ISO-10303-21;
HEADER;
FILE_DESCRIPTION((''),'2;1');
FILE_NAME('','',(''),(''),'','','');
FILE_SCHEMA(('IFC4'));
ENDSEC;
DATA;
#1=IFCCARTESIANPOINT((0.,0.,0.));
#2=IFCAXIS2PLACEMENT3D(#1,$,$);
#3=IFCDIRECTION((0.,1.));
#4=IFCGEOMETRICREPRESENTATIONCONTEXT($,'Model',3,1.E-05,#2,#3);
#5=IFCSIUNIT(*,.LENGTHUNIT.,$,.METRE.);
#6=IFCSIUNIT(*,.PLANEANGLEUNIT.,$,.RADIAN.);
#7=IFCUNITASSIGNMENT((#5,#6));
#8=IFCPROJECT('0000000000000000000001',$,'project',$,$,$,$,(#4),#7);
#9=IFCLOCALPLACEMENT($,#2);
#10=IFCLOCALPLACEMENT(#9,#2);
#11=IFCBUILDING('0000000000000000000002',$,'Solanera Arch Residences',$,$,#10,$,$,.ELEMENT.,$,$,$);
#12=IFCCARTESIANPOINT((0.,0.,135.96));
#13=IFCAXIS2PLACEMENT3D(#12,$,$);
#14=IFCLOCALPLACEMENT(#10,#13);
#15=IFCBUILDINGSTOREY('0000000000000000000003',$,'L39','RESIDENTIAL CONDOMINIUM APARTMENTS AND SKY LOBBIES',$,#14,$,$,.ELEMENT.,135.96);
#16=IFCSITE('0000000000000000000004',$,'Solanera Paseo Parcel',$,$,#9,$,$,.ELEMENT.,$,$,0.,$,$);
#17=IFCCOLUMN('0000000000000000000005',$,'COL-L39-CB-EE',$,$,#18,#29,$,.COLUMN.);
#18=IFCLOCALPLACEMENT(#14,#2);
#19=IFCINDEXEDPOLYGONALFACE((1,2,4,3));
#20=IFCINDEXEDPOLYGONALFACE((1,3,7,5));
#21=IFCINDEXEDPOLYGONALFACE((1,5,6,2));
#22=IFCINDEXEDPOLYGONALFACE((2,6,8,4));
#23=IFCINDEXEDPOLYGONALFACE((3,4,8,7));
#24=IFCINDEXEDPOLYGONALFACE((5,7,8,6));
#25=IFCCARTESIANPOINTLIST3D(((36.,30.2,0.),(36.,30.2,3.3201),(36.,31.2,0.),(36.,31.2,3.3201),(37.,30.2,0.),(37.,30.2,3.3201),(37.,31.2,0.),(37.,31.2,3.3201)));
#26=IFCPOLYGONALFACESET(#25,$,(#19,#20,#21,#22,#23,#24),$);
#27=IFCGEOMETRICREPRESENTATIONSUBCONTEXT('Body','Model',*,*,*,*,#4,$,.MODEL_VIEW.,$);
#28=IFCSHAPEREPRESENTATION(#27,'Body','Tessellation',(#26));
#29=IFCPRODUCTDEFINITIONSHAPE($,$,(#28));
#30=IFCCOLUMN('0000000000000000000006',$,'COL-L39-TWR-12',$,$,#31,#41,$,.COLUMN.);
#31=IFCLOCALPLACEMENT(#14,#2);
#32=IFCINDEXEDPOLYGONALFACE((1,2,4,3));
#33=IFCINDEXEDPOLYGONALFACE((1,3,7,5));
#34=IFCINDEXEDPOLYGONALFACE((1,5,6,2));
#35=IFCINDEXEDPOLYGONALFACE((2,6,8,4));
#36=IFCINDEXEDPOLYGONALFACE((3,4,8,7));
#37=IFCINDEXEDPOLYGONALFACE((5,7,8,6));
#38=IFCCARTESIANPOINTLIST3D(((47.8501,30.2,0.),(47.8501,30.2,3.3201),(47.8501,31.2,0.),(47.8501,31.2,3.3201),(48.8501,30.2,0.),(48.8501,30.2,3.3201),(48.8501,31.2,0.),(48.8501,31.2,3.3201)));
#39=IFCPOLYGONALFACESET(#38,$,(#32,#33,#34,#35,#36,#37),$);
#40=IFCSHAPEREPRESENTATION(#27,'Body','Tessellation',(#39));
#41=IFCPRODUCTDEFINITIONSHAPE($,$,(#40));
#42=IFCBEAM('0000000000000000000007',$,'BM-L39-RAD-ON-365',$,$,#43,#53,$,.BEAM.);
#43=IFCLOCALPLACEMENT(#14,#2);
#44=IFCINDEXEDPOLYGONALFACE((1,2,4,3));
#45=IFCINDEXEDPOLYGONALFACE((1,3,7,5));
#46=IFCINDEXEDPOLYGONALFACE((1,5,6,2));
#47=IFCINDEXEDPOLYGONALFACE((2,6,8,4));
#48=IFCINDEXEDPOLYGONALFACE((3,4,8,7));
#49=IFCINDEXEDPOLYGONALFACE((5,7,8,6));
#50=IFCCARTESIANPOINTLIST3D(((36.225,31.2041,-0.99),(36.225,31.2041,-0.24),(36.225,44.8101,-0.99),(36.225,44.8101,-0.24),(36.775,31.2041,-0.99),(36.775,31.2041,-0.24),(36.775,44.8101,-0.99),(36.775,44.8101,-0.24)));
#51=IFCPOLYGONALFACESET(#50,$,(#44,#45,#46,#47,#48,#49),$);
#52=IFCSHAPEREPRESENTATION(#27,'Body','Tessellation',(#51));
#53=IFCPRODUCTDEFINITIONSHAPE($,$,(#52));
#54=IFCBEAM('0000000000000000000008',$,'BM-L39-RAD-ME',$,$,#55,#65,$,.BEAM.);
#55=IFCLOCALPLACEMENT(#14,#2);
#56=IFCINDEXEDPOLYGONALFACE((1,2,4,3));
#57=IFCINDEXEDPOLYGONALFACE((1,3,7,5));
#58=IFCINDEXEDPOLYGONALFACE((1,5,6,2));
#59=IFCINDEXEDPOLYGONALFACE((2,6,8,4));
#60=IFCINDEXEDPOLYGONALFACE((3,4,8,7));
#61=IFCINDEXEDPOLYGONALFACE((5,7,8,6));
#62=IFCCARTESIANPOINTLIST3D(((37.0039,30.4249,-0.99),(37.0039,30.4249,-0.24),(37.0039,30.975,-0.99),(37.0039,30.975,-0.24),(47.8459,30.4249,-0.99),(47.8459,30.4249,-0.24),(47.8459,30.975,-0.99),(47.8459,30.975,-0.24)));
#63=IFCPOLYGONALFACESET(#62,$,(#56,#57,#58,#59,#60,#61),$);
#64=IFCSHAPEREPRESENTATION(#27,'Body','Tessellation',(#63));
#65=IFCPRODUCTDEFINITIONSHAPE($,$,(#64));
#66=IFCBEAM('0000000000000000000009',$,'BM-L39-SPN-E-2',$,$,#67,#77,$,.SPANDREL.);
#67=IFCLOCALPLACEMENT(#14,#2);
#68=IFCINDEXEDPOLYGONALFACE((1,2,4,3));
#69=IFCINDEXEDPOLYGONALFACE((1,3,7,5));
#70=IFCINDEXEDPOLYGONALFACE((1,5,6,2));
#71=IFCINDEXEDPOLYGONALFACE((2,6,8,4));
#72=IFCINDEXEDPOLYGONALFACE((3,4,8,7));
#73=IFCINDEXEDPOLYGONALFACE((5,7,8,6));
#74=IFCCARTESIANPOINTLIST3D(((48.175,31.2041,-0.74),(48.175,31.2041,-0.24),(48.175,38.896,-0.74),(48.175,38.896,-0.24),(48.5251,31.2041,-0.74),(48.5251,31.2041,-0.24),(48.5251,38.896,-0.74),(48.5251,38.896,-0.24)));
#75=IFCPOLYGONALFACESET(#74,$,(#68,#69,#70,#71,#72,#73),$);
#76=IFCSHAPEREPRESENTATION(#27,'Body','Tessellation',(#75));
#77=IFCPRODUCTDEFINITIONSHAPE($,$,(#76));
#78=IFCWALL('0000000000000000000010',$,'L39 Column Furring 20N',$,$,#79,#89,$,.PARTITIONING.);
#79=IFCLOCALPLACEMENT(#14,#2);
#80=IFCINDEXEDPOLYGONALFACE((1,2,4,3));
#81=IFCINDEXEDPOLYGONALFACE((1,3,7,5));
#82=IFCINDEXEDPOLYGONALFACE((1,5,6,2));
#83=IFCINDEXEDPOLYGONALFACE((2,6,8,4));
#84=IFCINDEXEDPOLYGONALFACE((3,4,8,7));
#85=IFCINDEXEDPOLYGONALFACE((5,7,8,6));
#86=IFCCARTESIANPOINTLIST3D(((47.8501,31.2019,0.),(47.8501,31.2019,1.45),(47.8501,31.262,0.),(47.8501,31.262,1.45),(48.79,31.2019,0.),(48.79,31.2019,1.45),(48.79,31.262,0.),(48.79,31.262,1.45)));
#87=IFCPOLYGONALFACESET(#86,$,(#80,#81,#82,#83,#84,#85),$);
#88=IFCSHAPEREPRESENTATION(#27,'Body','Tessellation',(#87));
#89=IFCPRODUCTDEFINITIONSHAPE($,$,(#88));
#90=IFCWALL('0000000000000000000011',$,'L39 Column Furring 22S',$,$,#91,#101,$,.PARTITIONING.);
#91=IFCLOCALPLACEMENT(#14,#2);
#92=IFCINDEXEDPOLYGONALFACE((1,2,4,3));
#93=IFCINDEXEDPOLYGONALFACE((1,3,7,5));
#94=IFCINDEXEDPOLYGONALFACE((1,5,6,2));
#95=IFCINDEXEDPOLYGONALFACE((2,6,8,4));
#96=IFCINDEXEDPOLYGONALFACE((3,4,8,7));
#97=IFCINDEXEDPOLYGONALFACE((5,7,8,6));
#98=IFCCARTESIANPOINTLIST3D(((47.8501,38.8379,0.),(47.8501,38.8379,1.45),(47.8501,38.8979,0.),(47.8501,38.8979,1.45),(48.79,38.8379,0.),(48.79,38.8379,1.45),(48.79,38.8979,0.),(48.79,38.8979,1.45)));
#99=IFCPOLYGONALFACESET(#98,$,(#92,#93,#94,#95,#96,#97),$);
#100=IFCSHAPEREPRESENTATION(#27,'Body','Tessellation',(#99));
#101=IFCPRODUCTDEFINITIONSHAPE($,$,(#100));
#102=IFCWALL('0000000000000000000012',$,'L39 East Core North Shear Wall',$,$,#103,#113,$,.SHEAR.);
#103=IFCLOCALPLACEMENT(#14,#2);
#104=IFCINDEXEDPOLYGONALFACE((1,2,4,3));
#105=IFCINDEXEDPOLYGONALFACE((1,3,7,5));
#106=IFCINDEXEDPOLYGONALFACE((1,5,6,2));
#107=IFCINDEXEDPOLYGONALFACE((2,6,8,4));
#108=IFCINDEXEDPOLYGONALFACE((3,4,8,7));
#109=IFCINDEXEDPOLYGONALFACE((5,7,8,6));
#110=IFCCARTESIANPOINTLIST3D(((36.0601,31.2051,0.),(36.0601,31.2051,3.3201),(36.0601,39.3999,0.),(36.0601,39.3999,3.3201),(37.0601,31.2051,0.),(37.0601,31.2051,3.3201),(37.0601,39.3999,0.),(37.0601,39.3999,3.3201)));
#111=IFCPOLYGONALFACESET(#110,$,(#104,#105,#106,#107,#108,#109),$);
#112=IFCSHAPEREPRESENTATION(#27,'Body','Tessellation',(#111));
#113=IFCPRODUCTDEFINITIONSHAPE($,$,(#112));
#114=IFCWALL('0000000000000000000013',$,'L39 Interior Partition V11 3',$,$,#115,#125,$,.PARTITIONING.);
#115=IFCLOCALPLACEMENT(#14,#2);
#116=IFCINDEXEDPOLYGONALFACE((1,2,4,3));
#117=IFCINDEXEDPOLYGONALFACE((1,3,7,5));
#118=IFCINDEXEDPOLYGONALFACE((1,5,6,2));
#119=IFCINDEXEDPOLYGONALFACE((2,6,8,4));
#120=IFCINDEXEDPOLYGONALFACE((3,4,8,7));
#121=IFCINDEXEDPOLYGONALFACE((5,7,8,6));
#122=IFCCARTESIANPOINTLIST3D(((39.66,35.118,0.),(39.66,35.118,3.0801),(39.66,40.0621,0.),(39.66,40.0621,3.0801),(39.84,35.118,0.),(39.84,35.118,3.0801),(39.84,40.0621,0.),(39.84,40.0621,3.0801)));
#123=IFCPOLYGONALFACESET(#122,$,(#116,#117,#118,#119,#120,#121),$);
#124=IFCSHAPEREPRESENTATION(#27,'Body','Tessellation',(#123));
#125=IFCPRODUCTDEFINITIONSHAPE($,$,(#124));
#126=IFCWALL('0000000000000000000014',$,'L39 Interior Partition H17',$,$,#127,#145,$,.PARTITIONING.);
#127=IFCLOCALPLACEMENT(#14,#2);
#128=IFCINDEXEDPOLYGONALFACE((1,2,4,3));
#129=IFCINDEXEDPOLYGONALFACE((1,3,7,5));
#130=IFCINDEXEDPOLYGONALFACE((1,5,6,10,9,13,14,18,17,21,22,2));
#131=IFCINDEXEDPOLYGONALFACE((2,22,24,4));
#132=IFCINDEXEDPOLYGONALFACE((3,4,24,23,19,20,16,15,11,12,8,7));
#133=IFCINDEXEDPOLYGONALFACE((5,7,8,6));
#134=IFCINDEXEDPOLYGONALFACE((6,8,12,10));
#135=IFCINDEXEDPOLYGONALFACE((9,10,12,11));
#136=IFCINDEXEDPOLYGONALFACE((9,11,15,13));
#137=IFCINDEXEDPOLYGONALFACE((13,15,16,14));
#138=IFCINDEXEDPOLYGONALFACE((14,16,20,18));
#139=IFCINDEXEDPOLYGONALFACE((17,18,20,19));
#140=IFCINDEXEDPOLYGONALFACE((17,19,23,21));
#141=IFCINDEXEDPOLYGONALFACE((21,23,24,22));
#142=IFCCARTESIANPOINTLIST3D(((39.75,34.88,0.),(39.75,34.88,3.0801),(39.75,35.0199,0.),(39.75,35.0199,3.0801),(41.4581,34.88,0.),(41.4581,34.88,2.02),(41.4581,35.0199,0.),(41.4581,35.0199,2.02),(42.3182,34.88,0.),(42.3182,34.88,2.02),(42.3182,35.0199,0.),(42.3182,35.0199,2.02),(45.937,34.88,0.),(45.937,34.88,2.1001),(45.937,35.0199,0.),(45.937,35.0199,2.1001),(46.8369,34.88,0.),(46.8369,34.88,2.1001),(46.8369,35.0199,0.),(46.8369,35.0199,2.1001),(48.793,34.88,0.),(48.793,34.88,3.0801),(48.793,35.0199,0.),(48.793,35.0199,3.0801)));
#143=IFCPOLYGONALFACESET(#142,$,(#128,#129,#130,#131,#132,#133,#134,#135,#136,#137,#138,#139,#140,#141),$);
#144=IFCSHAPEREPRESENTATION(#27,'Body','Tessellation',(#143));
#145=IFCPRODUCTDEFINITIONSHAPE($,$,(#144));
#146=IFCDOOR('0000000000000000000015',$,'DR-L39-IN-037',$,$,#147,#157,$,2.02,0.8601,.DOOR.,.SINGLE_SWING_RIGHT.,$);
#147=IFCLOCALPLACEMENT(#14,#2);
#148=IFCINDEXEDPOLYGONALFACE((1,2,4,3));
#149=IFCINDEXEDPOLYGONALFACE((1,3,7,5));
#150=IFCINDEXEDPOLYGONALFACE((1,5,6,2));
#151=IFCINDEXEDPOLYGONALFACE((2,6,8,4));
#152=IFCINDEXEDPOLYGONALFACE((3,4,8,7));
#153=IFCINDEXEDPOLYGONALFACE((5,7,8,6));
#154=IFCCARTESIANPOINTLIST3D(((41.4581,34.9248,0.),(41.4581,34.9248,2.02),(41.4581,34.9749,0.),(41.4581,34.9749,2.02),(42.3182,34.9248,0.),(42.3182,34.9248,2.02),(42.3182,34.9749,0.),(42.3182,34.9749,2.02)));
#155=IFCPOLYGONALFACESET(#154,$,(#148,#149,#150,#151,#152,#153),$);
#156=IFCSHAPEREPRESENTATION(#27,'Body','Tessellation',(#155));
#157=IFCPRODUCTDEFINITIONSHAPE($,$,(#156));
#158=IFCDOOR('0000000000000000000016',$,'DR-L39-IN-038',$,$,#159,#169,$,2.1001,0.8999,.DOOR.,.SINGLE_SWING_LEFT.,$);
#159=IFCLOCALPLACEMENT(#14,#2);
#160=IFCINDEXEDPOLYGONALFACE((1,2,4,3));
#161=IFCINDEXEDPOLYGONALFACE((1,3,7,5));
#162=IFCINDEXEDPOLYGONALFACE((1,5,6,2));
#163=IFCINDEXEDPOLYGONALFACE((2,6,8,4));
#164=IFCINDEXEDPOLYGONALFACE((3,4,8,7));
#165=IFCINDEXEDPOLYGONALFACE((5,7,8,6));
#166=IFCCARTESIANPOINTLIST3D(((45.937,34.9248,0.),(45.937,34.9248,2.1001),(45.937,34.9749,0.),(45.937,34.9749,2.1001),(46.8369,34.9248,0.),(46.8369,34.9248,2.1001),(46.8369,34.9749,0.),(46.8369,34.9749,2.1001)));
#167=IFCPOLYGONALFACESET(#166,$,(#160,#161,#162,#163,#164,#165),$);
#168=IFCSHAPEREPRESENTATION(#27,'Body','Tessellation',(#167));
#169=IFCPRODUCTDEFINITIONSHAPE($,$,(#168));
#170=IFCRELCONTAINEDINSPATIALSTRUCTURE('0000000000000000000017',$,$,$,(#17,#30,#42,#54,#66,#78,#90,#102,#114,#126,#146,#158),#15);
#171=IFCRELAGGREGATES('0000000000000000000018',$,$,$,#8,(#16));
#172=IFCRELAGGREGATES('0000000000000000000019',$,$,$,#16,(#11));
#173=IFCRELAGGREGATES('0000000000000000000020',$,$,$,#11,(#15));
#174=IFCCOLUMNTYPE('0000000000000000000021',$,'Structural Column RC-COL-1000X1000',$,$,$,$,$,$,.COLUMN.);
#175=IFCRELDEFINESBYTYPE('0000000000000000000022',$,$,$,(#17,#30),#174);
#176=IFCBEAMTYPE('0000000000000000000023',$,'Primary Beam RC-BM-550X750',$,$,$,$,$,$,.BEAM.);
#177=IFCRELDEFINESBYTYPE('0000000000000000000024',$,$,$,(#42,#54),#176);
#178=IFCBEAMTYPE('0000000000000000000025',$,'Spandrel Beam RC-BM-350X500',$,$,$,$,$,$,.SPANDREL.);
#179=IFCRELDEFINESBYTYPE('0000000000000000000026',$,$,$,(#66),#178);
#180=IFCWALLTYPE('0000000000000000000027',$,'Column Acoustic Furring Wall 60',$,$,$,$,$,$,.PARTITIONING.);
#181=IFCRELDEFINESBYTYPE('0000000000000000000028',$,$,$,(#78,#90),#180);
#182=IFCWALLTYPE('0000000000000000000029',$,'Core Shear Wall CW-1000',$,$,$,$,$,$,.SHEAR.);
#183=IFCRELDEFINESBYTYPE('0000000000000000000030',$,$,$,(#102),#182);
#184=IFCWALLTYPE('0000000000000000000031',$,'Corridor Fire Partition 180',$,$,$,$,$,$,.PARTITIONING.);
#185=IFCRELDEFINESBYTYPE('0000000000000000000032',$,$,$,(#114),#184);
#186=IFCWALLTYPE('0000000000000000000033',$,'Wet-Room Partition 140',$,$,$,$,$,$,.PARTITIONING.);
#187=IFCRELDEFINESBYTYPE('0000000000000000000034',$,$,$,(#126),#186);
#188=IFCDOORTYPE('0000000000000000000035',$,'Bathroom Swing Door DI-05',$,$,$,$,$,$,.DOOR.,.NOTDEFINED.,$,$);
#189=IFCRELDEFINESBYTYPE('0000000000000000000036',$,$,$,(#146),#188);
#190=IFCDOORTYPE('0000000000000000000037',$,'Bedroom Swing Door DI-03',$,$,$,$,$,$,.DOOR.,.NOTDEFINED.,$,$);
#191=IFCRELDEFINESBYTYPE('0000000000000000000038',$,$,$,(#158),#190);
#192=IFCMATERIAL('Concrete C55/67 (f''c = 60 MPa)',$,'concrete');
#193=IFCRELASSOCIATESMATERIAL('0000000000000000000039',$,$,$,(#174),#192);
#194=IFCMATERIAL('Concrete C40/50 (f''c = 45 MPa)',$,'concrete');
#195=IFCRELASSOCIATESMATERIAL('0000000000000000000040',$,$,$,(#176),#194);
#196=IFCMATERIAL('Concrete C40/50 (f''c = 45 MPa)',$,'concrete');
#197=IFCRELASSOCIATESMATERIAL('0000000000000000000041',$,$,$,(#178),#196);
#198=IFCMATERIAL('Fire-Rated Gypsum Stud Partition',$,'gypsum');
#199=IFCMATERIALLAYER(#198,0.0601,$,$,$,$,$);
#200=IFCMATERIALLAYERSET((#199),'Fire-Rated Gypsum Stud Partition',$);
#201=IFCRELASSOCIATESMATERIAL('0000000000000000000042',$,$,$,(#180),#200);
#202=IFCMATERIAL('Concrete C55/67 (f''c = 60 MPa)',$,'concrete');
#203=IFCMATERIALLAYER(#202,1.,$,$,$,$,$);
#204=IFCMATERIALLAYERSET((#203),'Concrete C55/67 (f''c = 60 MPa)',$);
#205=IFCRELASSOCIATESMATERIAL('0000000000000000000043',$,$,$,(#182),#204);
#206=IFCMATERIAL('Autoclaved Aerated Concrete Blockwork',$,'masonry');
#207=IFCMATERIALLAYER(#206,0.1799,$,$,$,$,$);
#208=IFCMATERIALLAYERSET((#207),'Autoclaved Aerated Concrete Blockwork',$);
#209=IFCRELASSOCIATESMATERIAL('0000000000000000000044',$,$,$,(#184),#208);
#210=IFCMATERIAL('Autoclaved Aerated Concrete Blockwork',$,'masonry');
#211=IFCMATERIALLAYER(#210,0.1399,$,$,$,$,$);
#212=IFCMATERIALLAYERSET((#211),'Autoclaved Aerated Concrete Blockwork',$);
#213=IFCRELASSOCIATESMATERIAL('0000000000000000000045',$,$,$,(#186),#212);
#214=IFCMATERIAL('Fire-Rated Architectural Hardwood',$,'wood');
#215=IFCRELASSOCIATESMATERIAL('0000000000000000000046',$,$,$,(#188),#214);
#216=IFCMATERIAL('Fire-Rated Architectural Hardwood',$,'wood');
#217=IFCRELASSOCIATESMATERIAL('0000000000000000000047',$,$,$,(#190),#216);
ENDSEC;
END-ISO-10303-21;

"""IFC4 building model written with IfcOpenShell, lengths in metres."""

from ifc_helpers import new_model, si_unit, direction, frame, frame_2d, origin, origin_2d, place, context, subcontext, project, spatial, rectangle, extrude, material, layer, layer_set, material_profile, profile_set, type_object, element, fill, save


model = new_model("IFC4")

# Units and contexts
model_context = context("Model", 3, precision=1e-05, world=origin(), true_north=direction((0.0, 1.0)))
body_context = subcontext(model_context, "Body", "Model", "MODEL_VIEW")
ifc_project = project(units=[si_unit("LENGTHUNIT", "METRE"), si_unit("PLANEANGLEUNIT", "RADIAN")], contexts=[model_context])

# Site, building, storey
site_placement = place(None, origin())
site = spatial("IfcSite", under=ifc_project, at=site_placement, Name="Solanera Paseo Parcel", CompositionType="ELEMENT", RefElevation=0.0)
building_placement = place(site_placement, origin())
building = spatial("IfcBuilding", under=site, at=building_placement, Name="Solanera Arch Residences", CompositionType="ELEMENT")
storey_placement = place(building_placement, frame((0.0, 0.0, 135.96)))
storey = spatial("IfcBuildingStorey", under=building, at=storey_placement, Name="L39", Description="RESIDENTIAL CONDOMINIUM APARTMENTS AND SKY LOBBIES", CompositionType="ELEMENT", Elevation=135.96)

# Columns
ifc_material_1 = material(Name="Concrete C55/67 (f'c = 60 MPa)", Category="concrete")
ifc_material_profile_1 = material_profile(ifc_material_1, rectangle(XDim=1.0, YDim=1.0, at=origin_2d()))
ifc_profile_set_1 = profile_set([ifc_material_profile_1], Name="Concrete C55/67 (f'c = 60 MPa)")
column_type = type_object("IfcColumnType", Name="Structural Column RC-COL-1000X1000", PredefinedType="COLUMN", material=ifc_profile_set_1)
for number, where, z_axis, x_axis, name in (
    (1, (36.5, 30.7, 0.0), (0.0, 0.0, 1.0), (1.0, 0.0, 0.0), "COL-L39-CB-EE"),
    (2, (48.3501, 30.7, 0.0), (0.0, 0.0, 1.0), (1.0, 0.0, 0.0), "COL-L39-TWR-12"),
):
    element("IfcColumn", number, at=place(storey_placement, frame(where, z_axis=z_axis, x_axis=x_axis)), inside=storey, type_object=column_type, Name=name, PredefinedType="COLUMN", context=body_context, shape_type="SweptSolid", body=[
        extrude(rectangle(XDim=1.0, YDim=1.0, at=origin_2d()), origin(), (0.0, 0.0, 1.0), 3.3201),
    ])

# Beams
ifc_material_2 = material(Name="Concrete C40/50 (f'c = 45 MPa)", Category="concrete")
ifc_material_profile_2 = material_profile(ifc_material_2, rectangle(XDim=0.55, YDim=0.75, at=origin_2d()))
ifc_profile_set_2 = profile_set([ifc_material_profile_2], Name="Concrete C40/50 (f'c = 45 MPa)")
beam_type_1 = type_object("IfcBeamType", Name="Primary Beam RC-BM-550X750", PredefinedType="BEAM", material=ifc_profile_set_2)
beam_1_placement = place(storey_placement, frame((36.5, 31.2041, -0.615), z_axis=(0.0, 1.0, 0.0), x_axis=(-1.0, 0.0, 0.0)))
element("IfcBeam", 3, at=beam_1_placement, inside=storey, type_object=beam_type_1, Name="BM-L39-RAD-ON-365", PredefinedType="BEAM", context=body_context, shape_type="SweptSolid", body=[
    extrude(rectangle(XDim=0.55, YDim=0.75, at=origin_2d()), origin(), (0.0, 0.0, 1.0), 13.606),
])
beam_2_placement = place(storey_placement, frame((37.0039, 30.7, -0.615), z_axis=(1.0, 0.0, 0.0), x_axis=(0.0, 1.0, 0.0)))
element("IfcBeam", 4, at=beam_2_placement, inside=storey, type_object=beam_type_1, Name="BM-L39-RAD-ME", PredefinedType="BEAM", context=body_context, shape_type="SweptSolid", body=[
    extrude(rectangle(XDim=0.55, YDim=0.75, at=origin_2d()), origin(), (0.0, 0.0, 1.0), 10.842),
])
ifc_material_3 = material(Name="Concrete C40/50 (f'c = 45 MPa)", Category="concrete")
ifc_material_profile_3 = material_profile(ifc_material_3, rectangle(XDim=0.3501, YDim=0.5, at=origin_2d()))
ifc_profile_set_3 = profile_set([ifc_material_profile_3], Name="Concrete C40/50 (f'c = 45 MPa)")
beam_type_2 = type_object("IfcBeamType", Name="Spandrel Beam RC-BM-350X500", PredefinedType="SPANDREL", material=ifc_profile_set_3)
beam_3_placement = place(storey_placement, frame((48.3501, 31.2041, -0.49), z_axis=(0.0, 1.0, 0.0), x_axis=(-1.0, 0.0, 0.0)))
element("IfcBeam", 5, at=beam_3_placement, inside=storey, type_object=beam_type_2, Name="BM-L39-SPN-E-2", PredefinedType="SPANDREL", context=body_context, shape_type="SweptSolid", body=[
    extrude(rectangle(XDim=0.3501, YDim=0.5, at=origin_2d()), origin(), (0.0, 0.0, 1.0), 7.6919),
])

# Walls
ifc_material_4 = material(Name="Fire-Rated Gypsum Stud Partition", Category="gypsum")
ifc_layer_1 = layer(ifc_material_4, 0.0601)
ifc_layer_set_1 = layer_set([ifc_layer_1], Name="Fire-Rated Gypsum Stud Partition")
wall_type_1 = type_object("IfcWallType", Name="Column Acoustic Furring Wall 60", PredefinedType="PARTITIONING", material=ifc_layer_set_1)
for number, where, z_axis, x_axis, name in (
    (6, (47.8501, 31.2319, 0.0), (0.0, 0.0, 1.0), (1.0, 0.0, 0.0), "L39 Column Furring 20N"),
    (7, (47.8501, 38.8679, 0.0), (0.0, 0.0, 1.0), (1.0, 0.0, 0.0), "L39 Column Furring 22S"),
):
    element("IfcWall", number, at=place(storey_placement, frame(where, z_axis=z_axis, x_axis=x_axis)), inside=storey, type_object=wall_type_1, Name=name, PredefinedType="PARTITIONING", context=body_context, shape_type="SweptSolid", body=[
        extrude(rectangle(XDim=0.9399, YDim=0.0601, at=frame_2d((0.47, 0.0))), origin(), (0.0, 0.0, 1.0), 1.45),
    ])
ifc_material_5 = material(Name="Concrete C55/67 (f'c = 60 MPa)", Category="concrete")
ifc_layer_2 = layer(ifc_material_5, 1.0)
ifc_layer_set_2 = layer_set([ifc_layer_2], Name="Concrete C55/67 (f'c = 60 MPa)")
wall_type_2 = type_object("IfcWallType", Name="Core Shear Wall CW-1000", PredefinedType="SHEAR", material=ifc_layer_set_2)
wall_1_placement = place(storey_placement, frame((36.5601, 31.2051, 0.0), z_axis=(0.0, 0.0, 1.0), x_axis=(0.0, 1.0, 0.0)))
element("IfcWall", 8, at=wall_1_placement, inside=storey, type_object=wall_type_2, Name="L39 East Core North Shear Wall", PredefinedType="SHEAR", context=body_context, shape_type="SweptSolid", body=[
    extrude(rectangle(XDim=8.1948, YDim=1.0, at=frame_2d((4.0974, 0.0))), origin(), (0.0, 0.0, 1.0), 3.3201),
])
ifc_material_6 = material(Name="Autoclaved Aerated Concrete Blockwork", Category="masonry")
ifc_layer_3 = layer(ifc_material_6, 0.1799)
ifc_layer_set_3 = layer_set([ifc_layer_3], Name="Autoclaved Aerated Concrete Blockwork")
wall_type_3 = type_object("IfcWallType", Name="Corridor Fire Partition 180", PredefinedType="PARTITIONING", material=ifc_layer_set_3)
wall_2_placement = place(storey_placement, frame((39.75, 35.1179, 0.0), z_axis=(0.0, 0.0, 1.0), x_axis=(0.0, 1.0, 0.0)))
element("IfcWall", 9, at=wall_2_placement, inside=storey, type_object=wall_type_3, Name="L39 Interior Partition V11 3", PredefinedType="PARTITIONING", context=body_context, shape_type="SweptSolid", body=[
    extrude(rectangle(XDim=4.9441, YDim=0.1799, at=frame_2d((2.4722, 0.0))), origin(), (0.0, 0.0, 1.0), 3.0801),
])

# Wall, openings, doors
ifc_material_7 = material(Name="Autoclaved Aerated Concrete Blockwork", Category="masonry")
ifc_layer_4 = layer(ifc_material_7, 0.1399)
ifc_layer_set_4 = layer_set([ifc_layer_4], Name="Autoclaved Aerated Concrete Blockwork")
wall_type_4 = type_object("IfcWallType", Name="Wet-Room Partition 140", PredefinedType="PARTITIONING", material=ifc_layer_set_4)
wall_3_placement = place(storey_placement, frame((39.75, 34.95, 0.0), z_axis=(0.0, 0.0, 1.0), x_axis=(1.0, 0.0, 0.0)))
wall_3 = element("IfcWall", 10, at=wall_3_placement, inside=storey, type_object=wall_type_4, Name="L39 Interior Partition H17", PredefinedType="PARTITIONING", context=body_context, shape_type="SweptSolid", body=[
    extrude(rectangle(XDim=9.043, YDim=0.1399, at=frame_2d((4.5215, 0.0))), origin(), (0.0, 0.0, 1.0), 3.0801),
])
opening_1_placement = place(wall_3_placement, frame((1.708, 0.0, 0.0)))
opening_1 = element("IfcOpeningElement", 11, at=opening_1_placement, cuts=wall_3, PredefinedType="OPENING", context=body_context, shape_type="SweptSolid", body=[
    extrude(rectangle(XDim=0.8601, YDim=2.02, at=frame_2d((0.4302, 1.01))), frame((0.0, 0.0798, 0.0), z_axis=(0.0, -1.0, 0.0), x_axis=(1.0, 0.0, 0.0)), (0.0, 0.0, 1.0), 0.1599),
])
opening_2_placement = place(wall_3_placement, frame((6.187, 0.0, 0.0)))
opening_2 = element("IfcOpeningElement", 12, at=opening_2_placement, cuts=wall_3, PredefinedType="OPENING", context=body_context, shape_type="SweptSolid", body=[
    extrude(rectangle(XDim=0.8999, YDim=2.1001, at=frame_2d((0.45, 1.05))), frame((0.0, 0.0798, 0.0), z_axis=(0.0, -1.0, 0.0), x_axis=(1.0, 0.0, 0.0)), (0.0, 0.0, 1.0), 0.1599),
])
ifc_material_8 = material(Name="Fire-Rated Architectural Hardwood", Category="wood")
door_type_1 = type_object("IfcDoorType", Name="Bathroom Swing Door DI-05", OperationType="NOTDEFINED", PredefinedType="DOOR", material=ifc_material_8)
door_1_placement = place(opening_1_placement, origin())
door_1 = element("IfcDoor", 13, at=door_1_placement, inside=storey, type_object=door_type_1, Name="DR-L39-IN-037", OperationType="SINGLE_SWING_RIGHT", OverallHeight=2.02, OverallWidth=0.8601, PredefinedType="DOOR", context=body_context, shape_type="SweptSolid", body=[
    extrude(rectangle(XDim=0.8601, YDim=2.02, at=frame_2d((0.4302, 1.01))), frame((0.0, 0.0249, 0.0), z_axis=(0.0, -1.0, 0.0), x_axis=(1.0, 0.0, 0.0)), (0.0, 0.0, 1.0), 0.05),
])
fill(opening_1, door_1)
ifc_material_9 = material(Name="Fire-Rated Architectural Hardwood", Category="wood")
door_type_2 = type_object("IfcDoorType", Name="Bedroom Swing Door DI-03", OperationType="NOTDEFINED", PredefinedType="DOOR", material=ifc_material_9)
door_2_placement = place(opening_2_placement, origin())
door_2 = element("IfcDoor", 14, at=door_2_placement, inside=storey, type_object=door_type_2, Name="DR-L39-IN-038", OperationType="SINGLE_SWING_LEFT", OverallHeight=2.1001, OverallWidth=0.8999, PredefinedType="DOOR", context=body_context, shape_type="SweptSolid", body=[
    extrude(rectangle(XDim=0.8999, YDim=2.1001, at=frame_2d((0.45, 1.05))), frame((0.0, 0.0249, 0.0), z_axis=(0.0, -1.0, 0.0), x_axis=(1.0, 0.0, 0.0)), (0.0, 0.0, 1.0), 0.05),
])
fill(opening_2, door_2)

save(model, "model.ifc")
